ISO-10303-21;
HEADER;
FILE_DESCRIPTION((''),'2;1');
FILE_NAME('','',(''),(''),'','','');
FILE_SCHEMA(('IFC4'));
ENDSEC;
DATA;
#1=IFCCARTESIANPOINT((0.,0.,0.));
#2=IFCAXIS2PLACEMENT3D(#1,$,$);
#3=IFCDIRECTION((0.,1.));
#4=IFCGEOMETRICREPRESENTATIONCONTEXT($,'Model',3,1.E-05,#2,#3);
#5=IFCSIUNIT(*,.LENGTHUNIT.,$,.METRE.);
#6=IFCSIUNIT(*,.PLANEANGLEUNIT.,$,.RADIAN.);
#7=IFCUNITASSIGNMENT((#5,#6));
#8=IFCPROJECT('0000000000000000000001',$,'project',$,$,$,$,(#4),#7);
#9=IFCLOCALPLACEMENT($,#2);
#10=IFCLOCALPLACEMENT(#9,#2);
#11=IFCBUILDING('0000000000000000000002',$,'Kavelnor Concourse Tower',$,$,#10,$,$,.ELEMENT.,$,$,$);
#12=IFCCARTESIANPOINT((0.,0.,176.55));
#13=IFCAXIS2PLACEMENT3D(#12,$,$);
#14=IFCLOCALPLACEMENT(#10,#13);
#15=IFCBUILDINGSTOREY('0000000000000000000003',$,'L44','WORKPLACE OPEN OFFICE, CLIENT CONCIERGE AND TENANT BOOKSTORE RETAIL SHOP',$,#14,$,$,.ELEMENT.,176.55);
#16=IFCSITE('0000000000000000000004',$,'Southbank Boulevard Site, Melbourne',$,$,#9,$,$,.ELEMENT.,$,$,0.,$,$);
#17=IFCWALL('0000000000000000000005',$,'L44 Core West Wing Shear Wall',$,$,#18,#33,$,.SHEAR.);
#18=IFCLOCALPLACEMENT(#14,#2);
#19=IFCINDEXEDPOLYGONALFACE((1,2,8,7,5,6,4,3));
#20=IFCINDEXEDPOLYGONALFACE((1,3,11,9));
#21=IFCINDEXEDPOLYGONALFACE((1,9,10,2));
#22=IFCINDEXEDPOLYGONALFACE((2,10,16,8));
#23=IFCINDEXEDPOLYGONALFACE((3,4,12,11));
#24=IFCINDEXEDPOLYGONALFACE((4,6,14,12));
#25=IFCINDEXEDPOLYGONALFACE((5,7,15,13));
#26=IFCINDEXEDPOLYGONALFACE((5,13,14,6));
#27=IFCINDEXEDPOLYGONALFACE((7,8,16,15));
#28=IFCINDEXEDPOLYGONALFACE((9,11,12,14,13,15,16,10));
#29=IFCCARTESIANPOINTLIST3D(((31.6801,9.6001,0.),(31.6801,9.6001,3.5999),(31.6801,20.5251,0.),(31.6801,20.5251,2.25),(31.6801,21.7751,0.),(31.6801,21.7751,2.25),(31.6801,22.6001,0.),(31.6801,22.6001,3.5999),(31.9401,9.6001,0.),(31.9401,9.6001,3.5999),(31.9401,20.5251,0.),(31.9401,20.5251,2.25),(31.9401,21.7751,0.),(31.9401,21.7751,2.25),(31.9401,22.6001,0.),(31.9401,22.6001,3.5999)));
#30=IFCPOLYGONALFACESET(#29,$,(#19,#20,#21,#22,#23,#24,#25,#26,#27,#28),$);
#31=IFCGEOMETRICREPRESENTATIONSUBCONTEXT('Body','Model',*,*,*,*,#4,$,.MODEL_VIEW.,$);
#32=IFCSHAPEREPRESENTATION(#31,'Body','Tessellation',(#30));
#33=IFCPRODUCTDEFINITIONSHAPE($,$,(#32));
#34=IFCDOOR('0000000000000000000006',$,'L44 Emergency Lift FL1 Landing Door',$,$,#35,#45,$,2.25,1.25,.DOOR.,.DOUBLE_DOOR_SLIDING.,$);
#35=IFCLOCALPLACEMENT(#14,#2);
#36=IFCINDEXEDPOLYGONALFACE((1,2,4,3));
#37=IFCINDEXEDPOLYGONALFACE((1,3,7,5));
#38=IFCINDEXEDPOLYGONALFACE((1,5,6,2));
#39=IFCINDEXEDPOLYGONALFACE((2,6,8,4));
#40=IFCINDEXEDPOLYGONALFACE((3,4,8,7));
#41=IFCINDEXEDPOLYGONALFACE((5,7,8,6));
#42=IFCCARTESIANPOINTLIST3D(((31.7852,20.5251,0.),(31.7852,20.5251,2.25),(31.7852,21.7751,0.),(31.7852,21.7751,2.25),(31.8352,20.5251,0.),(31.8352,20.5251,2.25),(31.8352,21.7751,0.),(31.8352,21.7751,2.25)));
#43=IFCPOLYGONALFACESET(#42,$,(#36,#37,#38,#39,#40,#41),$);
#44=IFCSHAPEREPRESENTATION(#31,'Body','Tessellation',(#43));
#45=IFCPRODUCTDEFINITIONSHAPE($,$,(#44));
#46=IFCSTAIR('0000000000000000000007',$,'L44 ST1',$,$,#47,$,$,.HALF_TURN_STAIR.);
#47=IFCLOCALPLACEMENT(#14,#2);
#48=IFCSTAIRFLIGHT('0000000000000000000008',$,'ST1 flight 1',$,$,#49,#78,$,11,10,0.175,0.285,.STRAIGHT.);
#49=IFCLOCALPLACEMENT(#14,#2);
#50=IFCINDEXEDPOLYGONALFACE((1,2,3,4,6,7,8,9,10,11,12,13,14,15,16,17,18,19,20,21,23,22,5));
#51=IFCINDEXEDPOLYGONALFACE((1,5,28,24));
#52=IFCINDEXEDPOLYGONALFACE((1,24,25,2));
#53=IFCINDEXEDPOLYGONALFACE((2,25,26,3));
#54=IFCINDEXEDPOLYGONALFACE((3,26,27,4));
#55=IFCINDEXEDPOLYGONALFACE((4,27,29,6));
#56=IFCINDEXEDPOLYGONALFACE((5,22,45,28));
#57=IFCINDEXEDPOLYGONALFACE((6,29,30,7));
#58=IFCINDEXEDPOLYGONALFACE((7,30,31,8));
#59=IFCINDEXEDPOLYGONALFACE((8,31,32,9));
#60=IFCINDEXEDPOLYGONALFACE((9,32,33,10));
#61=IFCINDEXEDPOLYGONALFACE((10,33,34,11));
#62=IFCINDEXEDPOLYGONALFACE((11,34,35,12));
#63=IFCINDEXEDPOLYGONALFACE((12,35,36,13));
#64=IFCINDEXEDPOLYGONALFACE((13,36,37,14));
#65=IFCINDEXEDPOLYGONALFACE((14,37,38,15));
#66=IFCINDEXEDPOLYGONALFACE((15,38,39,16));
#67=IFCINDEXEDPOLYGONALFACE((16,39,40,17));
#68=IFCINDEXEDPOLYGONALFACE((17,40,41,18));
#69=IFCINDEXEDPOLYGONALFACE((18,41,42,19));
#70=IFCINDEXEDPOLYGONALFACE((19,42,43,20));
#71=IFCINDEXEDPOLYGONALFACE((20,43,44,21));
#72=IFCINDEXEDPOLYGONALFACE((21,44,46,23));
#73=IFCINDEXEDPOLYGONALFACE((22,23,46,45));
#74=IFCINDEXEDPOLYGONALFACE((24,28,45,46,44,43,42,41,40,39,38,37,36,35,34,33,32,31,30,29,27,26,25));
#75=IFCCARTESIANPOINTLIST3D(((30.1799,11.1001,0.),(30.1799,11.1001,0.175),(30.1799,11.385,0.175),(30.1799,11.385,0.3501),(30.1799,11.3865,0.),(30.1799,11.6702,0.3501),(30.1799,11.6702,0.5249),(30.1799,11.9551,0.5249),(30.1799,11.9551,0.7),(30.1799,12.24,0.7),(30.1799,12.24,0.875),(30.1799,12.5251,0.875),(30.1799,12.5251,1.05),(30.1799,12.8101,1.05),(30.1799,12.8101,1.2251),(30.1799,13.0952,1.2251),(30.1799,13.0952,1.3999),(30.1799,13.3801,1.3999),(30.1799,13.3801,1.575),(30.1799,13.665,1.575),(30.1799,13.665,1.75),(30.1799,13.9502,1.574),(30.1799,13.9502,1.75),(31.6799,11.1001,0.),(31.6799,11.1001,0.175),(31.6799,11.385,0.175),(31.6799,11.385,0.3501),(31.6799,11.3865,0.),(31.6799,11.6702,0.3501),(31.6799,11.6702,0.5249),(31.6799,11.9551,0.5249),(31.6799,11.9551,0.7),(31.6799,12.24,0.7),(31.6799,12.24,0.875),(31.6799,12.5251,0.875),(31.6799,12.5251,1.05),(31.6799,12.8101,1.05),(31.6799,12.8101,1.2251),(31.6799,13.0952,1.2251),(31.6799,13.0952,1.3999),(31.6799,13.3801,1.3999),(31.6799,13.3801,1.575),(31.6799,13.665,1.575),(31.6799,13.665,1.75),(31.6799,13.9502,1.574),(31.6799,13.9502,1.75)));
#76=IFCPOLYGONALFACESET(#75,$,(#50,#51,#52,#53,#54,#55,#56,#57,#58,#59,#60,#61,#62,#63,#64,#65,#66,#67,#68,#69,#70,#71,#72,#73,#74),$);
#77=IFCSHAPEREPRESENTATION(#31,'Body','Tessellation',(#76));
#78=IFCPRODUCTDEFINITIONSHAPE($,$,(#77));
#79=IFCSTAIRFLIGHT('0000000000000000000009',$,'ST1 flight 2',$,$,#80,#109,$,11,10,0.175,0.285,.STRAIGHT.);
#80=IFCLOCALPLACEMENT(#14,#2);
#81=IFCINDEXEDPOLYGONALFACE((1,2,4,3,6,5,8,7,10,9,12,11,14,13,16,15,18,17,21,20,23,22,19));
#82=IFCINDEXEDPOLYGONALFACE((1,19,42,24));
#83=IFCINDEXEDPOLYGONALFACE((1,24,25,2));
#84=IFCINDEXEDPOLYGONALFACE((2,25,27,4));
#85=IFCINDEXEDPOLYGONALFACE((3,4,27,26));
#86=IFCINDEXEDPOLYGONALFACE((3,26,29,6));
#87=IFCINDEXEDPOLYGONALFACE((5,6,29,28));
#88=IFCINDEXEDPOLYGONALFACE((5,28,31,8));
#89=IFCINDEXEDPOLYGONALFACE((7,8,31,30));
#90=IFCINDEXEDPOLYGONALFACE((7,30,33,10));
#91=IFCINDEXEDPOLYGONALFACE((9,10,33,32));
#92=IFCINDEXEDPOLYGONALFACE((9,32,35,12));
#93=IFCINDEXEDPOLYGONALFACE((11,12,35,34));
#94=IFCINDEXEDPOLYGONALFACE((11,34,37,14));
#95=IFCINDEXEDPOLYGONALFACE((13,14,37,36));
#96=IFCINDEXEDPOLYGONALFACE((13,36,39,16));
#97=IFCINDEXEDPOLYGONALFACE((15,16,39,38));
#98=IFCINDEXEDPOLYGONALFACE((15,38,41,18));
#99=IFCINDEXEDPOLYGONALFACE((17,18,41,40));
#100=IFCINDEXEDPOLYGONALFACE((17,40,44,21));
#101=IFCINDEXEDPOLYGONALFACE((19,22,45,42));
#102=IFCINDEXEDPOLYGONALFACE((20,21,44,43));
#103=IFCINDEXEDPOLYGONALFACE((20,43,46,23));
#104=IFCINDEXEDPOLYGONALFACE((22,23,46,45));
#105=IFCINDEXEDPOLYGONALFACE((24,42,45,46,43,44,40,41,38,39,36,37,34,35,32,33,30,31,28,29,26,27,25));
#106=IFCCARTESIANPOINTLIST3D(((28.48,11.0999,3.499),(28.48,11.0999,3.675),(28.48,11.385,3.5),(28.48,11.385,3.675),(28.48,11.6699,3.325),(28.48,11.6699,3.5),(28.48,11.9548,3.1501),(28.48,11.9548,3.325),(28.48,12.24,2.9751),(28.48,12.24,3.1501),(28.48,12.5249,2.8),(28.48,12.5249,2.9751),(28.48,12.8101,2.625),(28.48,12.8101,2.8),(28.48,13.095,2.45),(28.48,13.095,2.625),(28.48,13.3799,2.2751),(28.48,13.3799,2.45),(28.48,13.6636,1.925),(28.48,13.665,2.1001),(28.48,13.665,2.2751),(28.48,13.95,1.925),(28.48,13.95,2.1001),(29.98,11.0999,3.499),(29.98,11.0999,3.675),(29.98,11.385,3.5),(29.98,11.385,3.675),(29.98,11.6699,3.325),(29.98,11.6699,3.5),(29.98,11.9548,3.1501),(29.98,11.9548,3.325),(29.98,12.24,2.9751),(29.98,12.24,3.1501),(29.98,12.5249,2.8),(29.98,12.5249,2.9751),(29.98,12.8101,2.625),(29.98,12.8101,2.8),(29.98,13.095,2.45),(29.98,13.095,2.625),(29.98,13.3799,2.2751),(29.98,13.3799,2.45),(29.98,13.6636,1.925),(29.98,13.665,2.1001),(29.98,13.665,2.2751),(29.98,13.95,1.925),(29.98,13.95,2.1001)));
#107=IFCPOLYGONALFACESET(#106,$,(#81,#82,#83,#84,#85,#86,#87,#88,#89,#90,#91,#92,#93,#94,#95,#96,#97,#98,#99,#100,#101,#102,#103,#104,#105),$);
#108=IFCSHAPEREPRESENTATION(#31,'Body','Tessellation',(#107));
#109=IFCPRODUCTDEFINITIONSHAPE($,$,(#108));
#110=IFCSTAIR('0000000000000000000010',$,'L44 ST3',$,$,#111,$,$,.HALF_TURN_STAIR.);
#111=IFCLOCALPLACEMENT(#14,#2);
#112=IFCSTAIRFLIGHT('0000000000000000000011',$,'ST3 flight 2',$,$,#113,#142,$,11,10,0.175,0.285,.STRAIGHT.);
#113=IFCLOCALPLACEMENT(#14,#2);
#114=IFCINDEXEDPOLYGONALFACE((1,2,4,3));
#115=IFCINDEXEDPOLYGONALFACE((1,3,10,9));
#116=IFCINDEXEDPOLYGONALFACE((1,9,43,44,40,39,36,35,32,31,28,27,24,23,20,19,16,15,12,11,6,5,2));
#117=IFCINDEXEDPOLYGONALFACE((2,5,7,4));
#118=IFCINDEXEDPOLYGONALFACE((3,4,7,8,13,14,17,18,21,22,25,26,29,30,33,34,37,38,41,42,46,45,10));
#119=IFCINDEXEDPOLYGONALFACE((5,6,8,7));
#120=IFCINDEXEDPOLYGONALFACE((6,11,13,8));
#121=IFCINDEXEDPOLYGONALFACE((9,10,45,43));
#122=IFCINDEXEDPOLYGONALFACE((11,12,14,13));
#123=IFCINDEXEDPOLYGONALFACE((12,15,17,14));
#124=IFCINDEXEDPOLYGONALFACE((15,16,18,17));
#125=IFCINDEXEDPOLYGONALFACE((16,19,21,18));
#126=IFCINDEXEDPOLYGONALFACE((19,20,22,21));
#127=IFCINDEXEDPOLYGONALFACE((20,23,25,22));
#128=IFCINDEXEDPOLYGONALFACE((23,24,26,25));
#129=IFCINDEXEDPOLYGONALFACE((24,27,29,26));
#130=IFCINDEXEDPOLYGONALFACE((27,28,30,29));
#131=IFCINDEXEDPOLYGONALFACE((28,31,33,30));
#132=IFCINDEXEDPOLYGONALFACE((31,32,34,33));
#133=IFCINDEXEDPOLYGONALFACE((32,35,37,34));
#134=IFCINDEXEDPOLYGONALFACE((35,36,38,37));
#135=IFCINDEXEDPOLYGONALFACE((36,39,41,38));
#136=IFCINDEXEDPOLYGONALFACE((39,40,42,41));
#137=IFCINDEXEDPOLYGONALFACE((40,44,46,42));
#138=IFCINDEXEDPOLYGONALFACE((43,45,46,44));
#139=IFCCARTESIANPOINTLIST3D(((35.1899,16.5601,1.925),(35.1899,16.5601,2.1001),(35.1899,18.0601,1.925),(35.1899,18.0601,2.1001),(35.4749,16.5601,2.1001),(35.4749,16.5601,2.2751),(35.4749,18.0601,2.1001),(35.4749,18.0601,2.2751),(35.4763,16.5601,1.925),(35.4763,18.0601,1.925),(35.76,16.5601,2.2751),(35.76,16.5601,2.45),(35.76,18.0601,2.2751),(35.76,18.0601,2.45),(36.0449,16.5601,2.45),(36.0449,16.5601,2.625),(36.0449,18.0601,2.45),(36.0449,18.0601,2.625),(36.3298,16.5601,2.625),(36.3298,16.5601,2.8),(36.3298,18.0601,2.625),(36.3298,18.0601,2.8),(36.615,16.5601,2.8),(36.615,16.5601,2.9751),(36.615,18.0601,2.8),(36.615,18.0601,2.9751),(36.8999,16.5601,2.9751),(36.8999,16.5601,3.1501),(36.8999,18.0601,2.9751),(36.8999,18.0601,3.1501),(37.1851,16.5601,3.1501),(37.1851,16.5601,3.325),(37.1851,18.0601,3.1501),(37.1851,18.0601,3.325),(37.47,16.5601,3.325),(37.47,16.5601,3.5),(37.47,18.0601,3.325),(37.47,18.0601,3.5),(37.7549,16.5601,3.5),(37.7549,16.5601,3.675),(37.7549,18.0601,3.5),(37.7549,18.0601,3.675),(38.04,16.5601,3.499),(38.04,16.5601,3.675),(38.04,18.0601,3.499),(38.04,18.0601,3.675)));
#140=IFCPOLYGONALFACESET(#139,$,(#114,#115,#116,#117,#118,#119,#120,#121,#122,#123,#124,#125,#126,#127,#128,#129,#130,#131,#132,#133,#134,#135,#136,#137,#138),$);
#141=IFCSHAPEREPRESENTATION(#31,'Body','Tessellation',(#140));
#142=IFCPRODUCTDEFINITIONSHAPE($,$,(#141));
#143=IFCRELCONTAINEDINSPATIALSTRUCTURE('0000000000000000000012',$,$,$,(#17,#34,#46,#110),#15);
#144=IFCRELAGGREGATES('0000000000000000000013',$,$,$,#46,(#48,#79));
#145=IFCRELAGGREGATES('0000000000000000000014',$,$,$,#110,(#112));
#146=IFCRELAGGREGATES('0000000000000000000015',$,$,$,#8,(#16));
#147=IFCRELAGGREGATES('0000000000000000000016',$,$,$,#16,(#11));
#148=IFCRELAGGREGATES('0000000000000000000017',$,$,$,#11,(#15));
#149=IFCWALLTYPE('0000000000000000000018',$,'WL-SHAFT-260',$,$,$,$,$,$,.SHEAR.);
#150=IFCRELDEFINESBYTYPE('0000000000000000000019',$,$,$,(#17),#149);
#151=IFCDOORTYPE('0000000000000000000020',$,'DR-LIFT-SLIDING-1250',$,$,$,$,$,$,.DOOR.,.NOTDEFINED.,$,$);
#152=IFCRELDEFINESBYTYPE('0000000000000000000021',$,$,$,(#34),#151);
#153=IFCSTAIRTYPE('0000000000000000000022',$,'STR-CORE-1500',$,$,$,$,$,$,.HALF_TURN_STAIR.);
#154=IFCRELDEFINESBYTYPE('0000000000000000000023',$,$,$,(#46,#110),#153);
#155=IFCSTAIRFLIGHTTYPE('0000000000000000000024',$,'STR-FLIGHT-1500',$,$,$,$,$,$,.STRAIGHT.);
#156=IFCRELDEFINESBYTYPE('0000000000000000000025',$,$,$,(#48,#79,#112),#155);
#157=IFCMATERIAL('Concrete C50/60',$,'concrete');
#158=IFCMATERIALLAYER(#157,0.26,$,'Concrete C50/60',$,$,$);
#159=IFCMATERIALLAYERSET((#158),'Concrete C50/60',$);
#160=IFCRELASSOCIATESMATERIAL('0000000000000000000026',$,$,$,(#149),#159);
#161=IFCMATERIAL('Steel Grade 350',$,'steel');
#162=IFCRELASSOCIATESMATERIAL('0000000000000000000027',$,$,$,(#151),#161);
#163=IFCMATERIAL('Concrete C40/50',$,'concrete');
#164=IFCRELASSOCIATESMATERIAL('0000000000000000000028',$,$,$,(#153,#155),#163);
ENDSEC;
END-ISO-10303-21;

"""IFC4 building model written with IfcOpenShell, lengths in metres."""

from ifc_helpers import new_model, si_unit, direction, frame, frame_2d, origin, place, context, subcontext, project, spatial, polyline, rectangle, outline, extrude, material, layer, layer_set, type_object, element, fill, aggregate, save


model = new_model("IFC4")

# Units and contexts
model_context = context("Model", 3, precision=1e-05, world=origin(), true_north=direction((0.0, 1.0)))
body_context = subcontext(model_context, "Body", "Model", "MODEL_VIEW")
ifc_project = project(units=[si_unit("LENGTHUNIT", "METRE"), si_unit("PLANEANGLEUNIT", "RADIAN")], contexts=[model_context])

# Site, building, storey
site_placement = place(None, origin())
site = spatial("IfcSite", under=ifc_project, at=site_placement, Name="Southbank Boulevard Site, Melbourne", CompositionType="ELEMENT", RefElevation=0.0)
building_placement = place(site_placement, origin())
building = spatial("IfcBuilding", under=site, at=building_placement, Name="Kavelnor Concourse Tower", CompositionType="ELEMENT")
storey_placement = place(building_placement, frame((0.0, 0.0, 176.55)))
storey = spatial("IfcBuildingStorey", under=building, at=storey_placement, Name="L44", Description="WORKPLACE OPEN OFFICE, CLIENT CONCIERGE AND TENANT BOOKSTORE RETAIL SHOP", CompositionType="ELEMENT", Elevation=176.55)

# Shared definitions
ifc_material_1 = material(Name="Steel Grade 350", Category="steel")

# Shared definitions
ifc_material_2 = material(Name="Concrete C50/60", Category="concrete")

# Wall, opening, door
ifc_layer_1 = layer(ifc_material_2, 0.26, Name="Concrete C50/60")
ifc_layer_set_1 = layer_set([ifc_layer_1], Name="Concrete C50/60")
wall_type_1 = type_object("IfcWallType", Name="WL-SHAFT-260", PredefinedType="SHEAR", material=ifc_layer_set_1)
wall_1_placement = place(storey_placement, frame((31.8101, 9.6001, 0.0), z_axis=(0.0, 0.0, 1.0), x_axis=(0.0, 1.0, 0.0)))
wall_1 = element("IfcWall", 1, at=wall_1_placement, inside=storey, type_object=wall_type_1, Name="L44 Core West Wing Shear Wall", PredefinedType="SHEAR", context=body_context, shape_type="SweptSolid", body=[
    extrude(rectangle(XDim=13.0, YDim=0.26, at=frame_2d((6.5, 0.0))), origin(), (0.0, 0.0, 1.0), 3.5999),
])
opening_1_placement = place(wall_1_placement, frame((10.925, 0.0, 0.0)))
opening_1 = element("IfcOpeningElement", 2, at=opening_1_placement, cuts=wall_1, PredefinedType="OPENING", context=body_context, shape_type="SweptSolid", body=[
    extrude(rectangle(XDim=1.25, YDim=2.25, at=frame_2d((0.625, 1.125))), frame((0.0, 0.1401, 0.0), z_axis=(0.0, -1.0, 0.0), x_axis=(1.0, 0.0, 0.0)), (0.0, 0.0, 1.0), 0.28),
])
door_type_1 = type_object("IfcDoorType", Name="DR-LIFT-SLIDING-1250", OperationType="NOTDEFINED", PredefinedType="DOOR", material=ifc_material_1)
door_1_placement = place(opening_1_placement, origin())
door_1 = element("IfcDoor", 3, at=door_1_placement, inside=storey, type_object=door_type_1, Name="L44 Emergency Lift FL1 Landing Door", OperationType="DOUBLE_DOOR_SLIDING", OverallHeight=2.25, OverallWidth=1.25, PredefinedType="DOOR", context=body_context, shape_type="SweptSolid", body=[
    extrude(rectangle(XDim=1.25, YDim=2.25, at=frame_2d((0.625, 1.125))), frame((0.0, 0.0249, 0.0), z_axis=(0.0, -1.0, 0.0), x_axis=(1.0, 0.0, 0.0)), (0.0, 0.0, 1.0), 0.05),
])
fill(opening_1, door_1)

# Stair, stair flights
ifc_material_3 = material(Name="Concrete C40/50", Category="concrete")
stair_type = type_object("IfcStairType", Name="STR-CORE-1500", PredefinedType="HALF_TURN_STAIR", material=ifc_material_3)
stair_1_placement = place(storey_placement, origin())
stair_1 = element("IfcStair", 4, at=stair_1_placement, inside=storey, type_object=stair_type, Name="L44 ST1", PredefinedType="HALF_TURN_STAIR")
stair_flight_type = type_object("IfcStairFlightType", Name="STR-FLIGHT-1500", PredefinedType="STRAIGHT", material=ifc_material_3)
stair_flight_1_placement = place(storey_placement, frame((30.9299, 11.1001, 0.0), z_axis=(0.0, 0.0, 1.0), x_axis=(0.0, 1.0, 0.0)))
stair_flight_1 = element("IfcStairFlight", 5, at=stair_flight_1_placement, type_object=stair_flight_type, Name="ST1 flight 1", NumberOfRisers=11, NumberOfTreads=10, PredefinedType="STRAIGHT", RiserHeight=0.175, TreadLength=0.285, context=body_context, shape_type="SweptSolid", body=[
    extrude(outline(polyline([(0.0, 0.0), (0.0, 0.175), (0.2849, 0.175), (0.2849, 0.3501), (0.5701, 0.3501), (0.5701, 0.5249), (0.855, 0.5249), (0.855, 0.7), (1.1399, 0.7), (1.1399, 0.875), (1.425, 0.875), (1.425, 1.05), (1.71, 1.05), (1.71, 1.2251), (1.9951, 1.2251), (1.9951, 1.3999), (2.28, 1.3999), (2.28, 1.575), (2.5649, 1.575), (2.5649, 1.75), (2.8501, 1.75), (2.8501, 1.925), (2.8501, 1.574), (0.2864, 0.0), (0.0, 0.0)])), frame((0.0, 0.75, 0.0), z_axis=(0.0, -1.0, 0.0), x_axis=(1.0, 0.0, 0.0)), (0.0, 0.0, 1.0), 1.5),
])
stair_flight_2_placement = place(storey_placement, frame((29.23, 13.95, 1.925), z_axis=(0.0, 0.0, 1.0), x_axis=(0.0, -1.0, 0.0)))
stair_flight_2 = element("IfcStairFlight", 6, at=stair_flight_2_placement, type_object=stair_flight_type, Name="ST1 flight 2", NumberOfRisers=11, NumberOfTreads=10, PredefinedType="STRAIGHT", RiserHeight=0.175, TreadLength=0.285, context=body_context, shape_type="SweptSolid", body=[
    extrude(outline(polyline([(0.0, 0.0), (0.0, 0.175), (0.2849, 0.175), (0.2849, 0.3501), (0.5701, 0.3501), (0.5701, 0.5249), (0.855, 0.5249), (0.855, 0.7), (1.1399, 0.7), (1.1399, 0.875), (1.425, 0.875), (1.425, 1.05), (1.71, 1.05), (1.71, 1.2251), (1.9951, 1.2251), (1.9951, 1.3999), (2.28, 1.3999), (2.28, 1.575), (2.5649, 1.575), (2.5649, 1.75), (2.8501, 1.75), (2.8501, 1.925), (2.8501, 1.574), (0.2864, 0.0), (0.0, 0.0)])), frame((0.0, 0.75, 0.0), z_axis=(0.0, -1.0, 0.0), x_axis=(1.0, 0.0, 0.0)), (0.0, 0.0, 1.0), 1.5),
])
aggregate(stair_1, [stair_flight_1, stair_flight_2])

# Stair, stair flight
stair_2_placement = place(storey_placement, origin())
stair_2 = element("IfcStair", 7, at=stair_2_placement, inside=storey, type_object=stair_type, Name="L44 ST3", PredefinedType="HALF_TURN_STAIR")
stair_flight_3_placement = place(storey_placement, frame((35.1899, 17.3101, 1.925), z_axis=(0.0, 0.0, 1.0), x_axis=(1.0, 0.0, 0.0)))
stair_flight_3 = element("IfcStairFlight", 8, at=stair_flight_3_placement, type_object=stair_flight_type, Name="ST3 flight 2", NumberOfRisers=11, NumberOfTreads=10, PredefinedType="STRAIGHT", RiserHeight=0.175, TreadLength=0.285, context=body_context, shape_type="SweptSolid", body=[
    extrude(outline(polyline([(0.0, 0.0), (0.0, 0.175), (0.2849, 0.175), (0.2849, 0.3501), (0.5701, 0.3501), (0.5701, 0.5249), (0.855, 0.5249), (0.855, 0.7), (1.1399, 0.7), (1.1399, 0.875), (1.425, 0.875), (1.425, 1.05), (1.71, 1.05), (1.71, 1.2251), (1.9951, 1.2251), (1.9951, 1.3999), (2.28, 1.3999), (2.28, 1.575), (2.5649, 1.575), (2.5649, 1.75), (2.8501, 1.75), (2.8501, 1.925), (2.8501, 1.574), (0.2864, 0.0), (0.0, 0.0)])), frame((0.0, 0.75, 0.0), z_axis=(0.0, -1.0, 0.0), x_axis=(1.0, 0.0, 0.0)), (0.0, 0.0, 1.0), 1.5),
])
aggregate(stair_2, [stair_flight_3])

save(model, "model.ifc")
